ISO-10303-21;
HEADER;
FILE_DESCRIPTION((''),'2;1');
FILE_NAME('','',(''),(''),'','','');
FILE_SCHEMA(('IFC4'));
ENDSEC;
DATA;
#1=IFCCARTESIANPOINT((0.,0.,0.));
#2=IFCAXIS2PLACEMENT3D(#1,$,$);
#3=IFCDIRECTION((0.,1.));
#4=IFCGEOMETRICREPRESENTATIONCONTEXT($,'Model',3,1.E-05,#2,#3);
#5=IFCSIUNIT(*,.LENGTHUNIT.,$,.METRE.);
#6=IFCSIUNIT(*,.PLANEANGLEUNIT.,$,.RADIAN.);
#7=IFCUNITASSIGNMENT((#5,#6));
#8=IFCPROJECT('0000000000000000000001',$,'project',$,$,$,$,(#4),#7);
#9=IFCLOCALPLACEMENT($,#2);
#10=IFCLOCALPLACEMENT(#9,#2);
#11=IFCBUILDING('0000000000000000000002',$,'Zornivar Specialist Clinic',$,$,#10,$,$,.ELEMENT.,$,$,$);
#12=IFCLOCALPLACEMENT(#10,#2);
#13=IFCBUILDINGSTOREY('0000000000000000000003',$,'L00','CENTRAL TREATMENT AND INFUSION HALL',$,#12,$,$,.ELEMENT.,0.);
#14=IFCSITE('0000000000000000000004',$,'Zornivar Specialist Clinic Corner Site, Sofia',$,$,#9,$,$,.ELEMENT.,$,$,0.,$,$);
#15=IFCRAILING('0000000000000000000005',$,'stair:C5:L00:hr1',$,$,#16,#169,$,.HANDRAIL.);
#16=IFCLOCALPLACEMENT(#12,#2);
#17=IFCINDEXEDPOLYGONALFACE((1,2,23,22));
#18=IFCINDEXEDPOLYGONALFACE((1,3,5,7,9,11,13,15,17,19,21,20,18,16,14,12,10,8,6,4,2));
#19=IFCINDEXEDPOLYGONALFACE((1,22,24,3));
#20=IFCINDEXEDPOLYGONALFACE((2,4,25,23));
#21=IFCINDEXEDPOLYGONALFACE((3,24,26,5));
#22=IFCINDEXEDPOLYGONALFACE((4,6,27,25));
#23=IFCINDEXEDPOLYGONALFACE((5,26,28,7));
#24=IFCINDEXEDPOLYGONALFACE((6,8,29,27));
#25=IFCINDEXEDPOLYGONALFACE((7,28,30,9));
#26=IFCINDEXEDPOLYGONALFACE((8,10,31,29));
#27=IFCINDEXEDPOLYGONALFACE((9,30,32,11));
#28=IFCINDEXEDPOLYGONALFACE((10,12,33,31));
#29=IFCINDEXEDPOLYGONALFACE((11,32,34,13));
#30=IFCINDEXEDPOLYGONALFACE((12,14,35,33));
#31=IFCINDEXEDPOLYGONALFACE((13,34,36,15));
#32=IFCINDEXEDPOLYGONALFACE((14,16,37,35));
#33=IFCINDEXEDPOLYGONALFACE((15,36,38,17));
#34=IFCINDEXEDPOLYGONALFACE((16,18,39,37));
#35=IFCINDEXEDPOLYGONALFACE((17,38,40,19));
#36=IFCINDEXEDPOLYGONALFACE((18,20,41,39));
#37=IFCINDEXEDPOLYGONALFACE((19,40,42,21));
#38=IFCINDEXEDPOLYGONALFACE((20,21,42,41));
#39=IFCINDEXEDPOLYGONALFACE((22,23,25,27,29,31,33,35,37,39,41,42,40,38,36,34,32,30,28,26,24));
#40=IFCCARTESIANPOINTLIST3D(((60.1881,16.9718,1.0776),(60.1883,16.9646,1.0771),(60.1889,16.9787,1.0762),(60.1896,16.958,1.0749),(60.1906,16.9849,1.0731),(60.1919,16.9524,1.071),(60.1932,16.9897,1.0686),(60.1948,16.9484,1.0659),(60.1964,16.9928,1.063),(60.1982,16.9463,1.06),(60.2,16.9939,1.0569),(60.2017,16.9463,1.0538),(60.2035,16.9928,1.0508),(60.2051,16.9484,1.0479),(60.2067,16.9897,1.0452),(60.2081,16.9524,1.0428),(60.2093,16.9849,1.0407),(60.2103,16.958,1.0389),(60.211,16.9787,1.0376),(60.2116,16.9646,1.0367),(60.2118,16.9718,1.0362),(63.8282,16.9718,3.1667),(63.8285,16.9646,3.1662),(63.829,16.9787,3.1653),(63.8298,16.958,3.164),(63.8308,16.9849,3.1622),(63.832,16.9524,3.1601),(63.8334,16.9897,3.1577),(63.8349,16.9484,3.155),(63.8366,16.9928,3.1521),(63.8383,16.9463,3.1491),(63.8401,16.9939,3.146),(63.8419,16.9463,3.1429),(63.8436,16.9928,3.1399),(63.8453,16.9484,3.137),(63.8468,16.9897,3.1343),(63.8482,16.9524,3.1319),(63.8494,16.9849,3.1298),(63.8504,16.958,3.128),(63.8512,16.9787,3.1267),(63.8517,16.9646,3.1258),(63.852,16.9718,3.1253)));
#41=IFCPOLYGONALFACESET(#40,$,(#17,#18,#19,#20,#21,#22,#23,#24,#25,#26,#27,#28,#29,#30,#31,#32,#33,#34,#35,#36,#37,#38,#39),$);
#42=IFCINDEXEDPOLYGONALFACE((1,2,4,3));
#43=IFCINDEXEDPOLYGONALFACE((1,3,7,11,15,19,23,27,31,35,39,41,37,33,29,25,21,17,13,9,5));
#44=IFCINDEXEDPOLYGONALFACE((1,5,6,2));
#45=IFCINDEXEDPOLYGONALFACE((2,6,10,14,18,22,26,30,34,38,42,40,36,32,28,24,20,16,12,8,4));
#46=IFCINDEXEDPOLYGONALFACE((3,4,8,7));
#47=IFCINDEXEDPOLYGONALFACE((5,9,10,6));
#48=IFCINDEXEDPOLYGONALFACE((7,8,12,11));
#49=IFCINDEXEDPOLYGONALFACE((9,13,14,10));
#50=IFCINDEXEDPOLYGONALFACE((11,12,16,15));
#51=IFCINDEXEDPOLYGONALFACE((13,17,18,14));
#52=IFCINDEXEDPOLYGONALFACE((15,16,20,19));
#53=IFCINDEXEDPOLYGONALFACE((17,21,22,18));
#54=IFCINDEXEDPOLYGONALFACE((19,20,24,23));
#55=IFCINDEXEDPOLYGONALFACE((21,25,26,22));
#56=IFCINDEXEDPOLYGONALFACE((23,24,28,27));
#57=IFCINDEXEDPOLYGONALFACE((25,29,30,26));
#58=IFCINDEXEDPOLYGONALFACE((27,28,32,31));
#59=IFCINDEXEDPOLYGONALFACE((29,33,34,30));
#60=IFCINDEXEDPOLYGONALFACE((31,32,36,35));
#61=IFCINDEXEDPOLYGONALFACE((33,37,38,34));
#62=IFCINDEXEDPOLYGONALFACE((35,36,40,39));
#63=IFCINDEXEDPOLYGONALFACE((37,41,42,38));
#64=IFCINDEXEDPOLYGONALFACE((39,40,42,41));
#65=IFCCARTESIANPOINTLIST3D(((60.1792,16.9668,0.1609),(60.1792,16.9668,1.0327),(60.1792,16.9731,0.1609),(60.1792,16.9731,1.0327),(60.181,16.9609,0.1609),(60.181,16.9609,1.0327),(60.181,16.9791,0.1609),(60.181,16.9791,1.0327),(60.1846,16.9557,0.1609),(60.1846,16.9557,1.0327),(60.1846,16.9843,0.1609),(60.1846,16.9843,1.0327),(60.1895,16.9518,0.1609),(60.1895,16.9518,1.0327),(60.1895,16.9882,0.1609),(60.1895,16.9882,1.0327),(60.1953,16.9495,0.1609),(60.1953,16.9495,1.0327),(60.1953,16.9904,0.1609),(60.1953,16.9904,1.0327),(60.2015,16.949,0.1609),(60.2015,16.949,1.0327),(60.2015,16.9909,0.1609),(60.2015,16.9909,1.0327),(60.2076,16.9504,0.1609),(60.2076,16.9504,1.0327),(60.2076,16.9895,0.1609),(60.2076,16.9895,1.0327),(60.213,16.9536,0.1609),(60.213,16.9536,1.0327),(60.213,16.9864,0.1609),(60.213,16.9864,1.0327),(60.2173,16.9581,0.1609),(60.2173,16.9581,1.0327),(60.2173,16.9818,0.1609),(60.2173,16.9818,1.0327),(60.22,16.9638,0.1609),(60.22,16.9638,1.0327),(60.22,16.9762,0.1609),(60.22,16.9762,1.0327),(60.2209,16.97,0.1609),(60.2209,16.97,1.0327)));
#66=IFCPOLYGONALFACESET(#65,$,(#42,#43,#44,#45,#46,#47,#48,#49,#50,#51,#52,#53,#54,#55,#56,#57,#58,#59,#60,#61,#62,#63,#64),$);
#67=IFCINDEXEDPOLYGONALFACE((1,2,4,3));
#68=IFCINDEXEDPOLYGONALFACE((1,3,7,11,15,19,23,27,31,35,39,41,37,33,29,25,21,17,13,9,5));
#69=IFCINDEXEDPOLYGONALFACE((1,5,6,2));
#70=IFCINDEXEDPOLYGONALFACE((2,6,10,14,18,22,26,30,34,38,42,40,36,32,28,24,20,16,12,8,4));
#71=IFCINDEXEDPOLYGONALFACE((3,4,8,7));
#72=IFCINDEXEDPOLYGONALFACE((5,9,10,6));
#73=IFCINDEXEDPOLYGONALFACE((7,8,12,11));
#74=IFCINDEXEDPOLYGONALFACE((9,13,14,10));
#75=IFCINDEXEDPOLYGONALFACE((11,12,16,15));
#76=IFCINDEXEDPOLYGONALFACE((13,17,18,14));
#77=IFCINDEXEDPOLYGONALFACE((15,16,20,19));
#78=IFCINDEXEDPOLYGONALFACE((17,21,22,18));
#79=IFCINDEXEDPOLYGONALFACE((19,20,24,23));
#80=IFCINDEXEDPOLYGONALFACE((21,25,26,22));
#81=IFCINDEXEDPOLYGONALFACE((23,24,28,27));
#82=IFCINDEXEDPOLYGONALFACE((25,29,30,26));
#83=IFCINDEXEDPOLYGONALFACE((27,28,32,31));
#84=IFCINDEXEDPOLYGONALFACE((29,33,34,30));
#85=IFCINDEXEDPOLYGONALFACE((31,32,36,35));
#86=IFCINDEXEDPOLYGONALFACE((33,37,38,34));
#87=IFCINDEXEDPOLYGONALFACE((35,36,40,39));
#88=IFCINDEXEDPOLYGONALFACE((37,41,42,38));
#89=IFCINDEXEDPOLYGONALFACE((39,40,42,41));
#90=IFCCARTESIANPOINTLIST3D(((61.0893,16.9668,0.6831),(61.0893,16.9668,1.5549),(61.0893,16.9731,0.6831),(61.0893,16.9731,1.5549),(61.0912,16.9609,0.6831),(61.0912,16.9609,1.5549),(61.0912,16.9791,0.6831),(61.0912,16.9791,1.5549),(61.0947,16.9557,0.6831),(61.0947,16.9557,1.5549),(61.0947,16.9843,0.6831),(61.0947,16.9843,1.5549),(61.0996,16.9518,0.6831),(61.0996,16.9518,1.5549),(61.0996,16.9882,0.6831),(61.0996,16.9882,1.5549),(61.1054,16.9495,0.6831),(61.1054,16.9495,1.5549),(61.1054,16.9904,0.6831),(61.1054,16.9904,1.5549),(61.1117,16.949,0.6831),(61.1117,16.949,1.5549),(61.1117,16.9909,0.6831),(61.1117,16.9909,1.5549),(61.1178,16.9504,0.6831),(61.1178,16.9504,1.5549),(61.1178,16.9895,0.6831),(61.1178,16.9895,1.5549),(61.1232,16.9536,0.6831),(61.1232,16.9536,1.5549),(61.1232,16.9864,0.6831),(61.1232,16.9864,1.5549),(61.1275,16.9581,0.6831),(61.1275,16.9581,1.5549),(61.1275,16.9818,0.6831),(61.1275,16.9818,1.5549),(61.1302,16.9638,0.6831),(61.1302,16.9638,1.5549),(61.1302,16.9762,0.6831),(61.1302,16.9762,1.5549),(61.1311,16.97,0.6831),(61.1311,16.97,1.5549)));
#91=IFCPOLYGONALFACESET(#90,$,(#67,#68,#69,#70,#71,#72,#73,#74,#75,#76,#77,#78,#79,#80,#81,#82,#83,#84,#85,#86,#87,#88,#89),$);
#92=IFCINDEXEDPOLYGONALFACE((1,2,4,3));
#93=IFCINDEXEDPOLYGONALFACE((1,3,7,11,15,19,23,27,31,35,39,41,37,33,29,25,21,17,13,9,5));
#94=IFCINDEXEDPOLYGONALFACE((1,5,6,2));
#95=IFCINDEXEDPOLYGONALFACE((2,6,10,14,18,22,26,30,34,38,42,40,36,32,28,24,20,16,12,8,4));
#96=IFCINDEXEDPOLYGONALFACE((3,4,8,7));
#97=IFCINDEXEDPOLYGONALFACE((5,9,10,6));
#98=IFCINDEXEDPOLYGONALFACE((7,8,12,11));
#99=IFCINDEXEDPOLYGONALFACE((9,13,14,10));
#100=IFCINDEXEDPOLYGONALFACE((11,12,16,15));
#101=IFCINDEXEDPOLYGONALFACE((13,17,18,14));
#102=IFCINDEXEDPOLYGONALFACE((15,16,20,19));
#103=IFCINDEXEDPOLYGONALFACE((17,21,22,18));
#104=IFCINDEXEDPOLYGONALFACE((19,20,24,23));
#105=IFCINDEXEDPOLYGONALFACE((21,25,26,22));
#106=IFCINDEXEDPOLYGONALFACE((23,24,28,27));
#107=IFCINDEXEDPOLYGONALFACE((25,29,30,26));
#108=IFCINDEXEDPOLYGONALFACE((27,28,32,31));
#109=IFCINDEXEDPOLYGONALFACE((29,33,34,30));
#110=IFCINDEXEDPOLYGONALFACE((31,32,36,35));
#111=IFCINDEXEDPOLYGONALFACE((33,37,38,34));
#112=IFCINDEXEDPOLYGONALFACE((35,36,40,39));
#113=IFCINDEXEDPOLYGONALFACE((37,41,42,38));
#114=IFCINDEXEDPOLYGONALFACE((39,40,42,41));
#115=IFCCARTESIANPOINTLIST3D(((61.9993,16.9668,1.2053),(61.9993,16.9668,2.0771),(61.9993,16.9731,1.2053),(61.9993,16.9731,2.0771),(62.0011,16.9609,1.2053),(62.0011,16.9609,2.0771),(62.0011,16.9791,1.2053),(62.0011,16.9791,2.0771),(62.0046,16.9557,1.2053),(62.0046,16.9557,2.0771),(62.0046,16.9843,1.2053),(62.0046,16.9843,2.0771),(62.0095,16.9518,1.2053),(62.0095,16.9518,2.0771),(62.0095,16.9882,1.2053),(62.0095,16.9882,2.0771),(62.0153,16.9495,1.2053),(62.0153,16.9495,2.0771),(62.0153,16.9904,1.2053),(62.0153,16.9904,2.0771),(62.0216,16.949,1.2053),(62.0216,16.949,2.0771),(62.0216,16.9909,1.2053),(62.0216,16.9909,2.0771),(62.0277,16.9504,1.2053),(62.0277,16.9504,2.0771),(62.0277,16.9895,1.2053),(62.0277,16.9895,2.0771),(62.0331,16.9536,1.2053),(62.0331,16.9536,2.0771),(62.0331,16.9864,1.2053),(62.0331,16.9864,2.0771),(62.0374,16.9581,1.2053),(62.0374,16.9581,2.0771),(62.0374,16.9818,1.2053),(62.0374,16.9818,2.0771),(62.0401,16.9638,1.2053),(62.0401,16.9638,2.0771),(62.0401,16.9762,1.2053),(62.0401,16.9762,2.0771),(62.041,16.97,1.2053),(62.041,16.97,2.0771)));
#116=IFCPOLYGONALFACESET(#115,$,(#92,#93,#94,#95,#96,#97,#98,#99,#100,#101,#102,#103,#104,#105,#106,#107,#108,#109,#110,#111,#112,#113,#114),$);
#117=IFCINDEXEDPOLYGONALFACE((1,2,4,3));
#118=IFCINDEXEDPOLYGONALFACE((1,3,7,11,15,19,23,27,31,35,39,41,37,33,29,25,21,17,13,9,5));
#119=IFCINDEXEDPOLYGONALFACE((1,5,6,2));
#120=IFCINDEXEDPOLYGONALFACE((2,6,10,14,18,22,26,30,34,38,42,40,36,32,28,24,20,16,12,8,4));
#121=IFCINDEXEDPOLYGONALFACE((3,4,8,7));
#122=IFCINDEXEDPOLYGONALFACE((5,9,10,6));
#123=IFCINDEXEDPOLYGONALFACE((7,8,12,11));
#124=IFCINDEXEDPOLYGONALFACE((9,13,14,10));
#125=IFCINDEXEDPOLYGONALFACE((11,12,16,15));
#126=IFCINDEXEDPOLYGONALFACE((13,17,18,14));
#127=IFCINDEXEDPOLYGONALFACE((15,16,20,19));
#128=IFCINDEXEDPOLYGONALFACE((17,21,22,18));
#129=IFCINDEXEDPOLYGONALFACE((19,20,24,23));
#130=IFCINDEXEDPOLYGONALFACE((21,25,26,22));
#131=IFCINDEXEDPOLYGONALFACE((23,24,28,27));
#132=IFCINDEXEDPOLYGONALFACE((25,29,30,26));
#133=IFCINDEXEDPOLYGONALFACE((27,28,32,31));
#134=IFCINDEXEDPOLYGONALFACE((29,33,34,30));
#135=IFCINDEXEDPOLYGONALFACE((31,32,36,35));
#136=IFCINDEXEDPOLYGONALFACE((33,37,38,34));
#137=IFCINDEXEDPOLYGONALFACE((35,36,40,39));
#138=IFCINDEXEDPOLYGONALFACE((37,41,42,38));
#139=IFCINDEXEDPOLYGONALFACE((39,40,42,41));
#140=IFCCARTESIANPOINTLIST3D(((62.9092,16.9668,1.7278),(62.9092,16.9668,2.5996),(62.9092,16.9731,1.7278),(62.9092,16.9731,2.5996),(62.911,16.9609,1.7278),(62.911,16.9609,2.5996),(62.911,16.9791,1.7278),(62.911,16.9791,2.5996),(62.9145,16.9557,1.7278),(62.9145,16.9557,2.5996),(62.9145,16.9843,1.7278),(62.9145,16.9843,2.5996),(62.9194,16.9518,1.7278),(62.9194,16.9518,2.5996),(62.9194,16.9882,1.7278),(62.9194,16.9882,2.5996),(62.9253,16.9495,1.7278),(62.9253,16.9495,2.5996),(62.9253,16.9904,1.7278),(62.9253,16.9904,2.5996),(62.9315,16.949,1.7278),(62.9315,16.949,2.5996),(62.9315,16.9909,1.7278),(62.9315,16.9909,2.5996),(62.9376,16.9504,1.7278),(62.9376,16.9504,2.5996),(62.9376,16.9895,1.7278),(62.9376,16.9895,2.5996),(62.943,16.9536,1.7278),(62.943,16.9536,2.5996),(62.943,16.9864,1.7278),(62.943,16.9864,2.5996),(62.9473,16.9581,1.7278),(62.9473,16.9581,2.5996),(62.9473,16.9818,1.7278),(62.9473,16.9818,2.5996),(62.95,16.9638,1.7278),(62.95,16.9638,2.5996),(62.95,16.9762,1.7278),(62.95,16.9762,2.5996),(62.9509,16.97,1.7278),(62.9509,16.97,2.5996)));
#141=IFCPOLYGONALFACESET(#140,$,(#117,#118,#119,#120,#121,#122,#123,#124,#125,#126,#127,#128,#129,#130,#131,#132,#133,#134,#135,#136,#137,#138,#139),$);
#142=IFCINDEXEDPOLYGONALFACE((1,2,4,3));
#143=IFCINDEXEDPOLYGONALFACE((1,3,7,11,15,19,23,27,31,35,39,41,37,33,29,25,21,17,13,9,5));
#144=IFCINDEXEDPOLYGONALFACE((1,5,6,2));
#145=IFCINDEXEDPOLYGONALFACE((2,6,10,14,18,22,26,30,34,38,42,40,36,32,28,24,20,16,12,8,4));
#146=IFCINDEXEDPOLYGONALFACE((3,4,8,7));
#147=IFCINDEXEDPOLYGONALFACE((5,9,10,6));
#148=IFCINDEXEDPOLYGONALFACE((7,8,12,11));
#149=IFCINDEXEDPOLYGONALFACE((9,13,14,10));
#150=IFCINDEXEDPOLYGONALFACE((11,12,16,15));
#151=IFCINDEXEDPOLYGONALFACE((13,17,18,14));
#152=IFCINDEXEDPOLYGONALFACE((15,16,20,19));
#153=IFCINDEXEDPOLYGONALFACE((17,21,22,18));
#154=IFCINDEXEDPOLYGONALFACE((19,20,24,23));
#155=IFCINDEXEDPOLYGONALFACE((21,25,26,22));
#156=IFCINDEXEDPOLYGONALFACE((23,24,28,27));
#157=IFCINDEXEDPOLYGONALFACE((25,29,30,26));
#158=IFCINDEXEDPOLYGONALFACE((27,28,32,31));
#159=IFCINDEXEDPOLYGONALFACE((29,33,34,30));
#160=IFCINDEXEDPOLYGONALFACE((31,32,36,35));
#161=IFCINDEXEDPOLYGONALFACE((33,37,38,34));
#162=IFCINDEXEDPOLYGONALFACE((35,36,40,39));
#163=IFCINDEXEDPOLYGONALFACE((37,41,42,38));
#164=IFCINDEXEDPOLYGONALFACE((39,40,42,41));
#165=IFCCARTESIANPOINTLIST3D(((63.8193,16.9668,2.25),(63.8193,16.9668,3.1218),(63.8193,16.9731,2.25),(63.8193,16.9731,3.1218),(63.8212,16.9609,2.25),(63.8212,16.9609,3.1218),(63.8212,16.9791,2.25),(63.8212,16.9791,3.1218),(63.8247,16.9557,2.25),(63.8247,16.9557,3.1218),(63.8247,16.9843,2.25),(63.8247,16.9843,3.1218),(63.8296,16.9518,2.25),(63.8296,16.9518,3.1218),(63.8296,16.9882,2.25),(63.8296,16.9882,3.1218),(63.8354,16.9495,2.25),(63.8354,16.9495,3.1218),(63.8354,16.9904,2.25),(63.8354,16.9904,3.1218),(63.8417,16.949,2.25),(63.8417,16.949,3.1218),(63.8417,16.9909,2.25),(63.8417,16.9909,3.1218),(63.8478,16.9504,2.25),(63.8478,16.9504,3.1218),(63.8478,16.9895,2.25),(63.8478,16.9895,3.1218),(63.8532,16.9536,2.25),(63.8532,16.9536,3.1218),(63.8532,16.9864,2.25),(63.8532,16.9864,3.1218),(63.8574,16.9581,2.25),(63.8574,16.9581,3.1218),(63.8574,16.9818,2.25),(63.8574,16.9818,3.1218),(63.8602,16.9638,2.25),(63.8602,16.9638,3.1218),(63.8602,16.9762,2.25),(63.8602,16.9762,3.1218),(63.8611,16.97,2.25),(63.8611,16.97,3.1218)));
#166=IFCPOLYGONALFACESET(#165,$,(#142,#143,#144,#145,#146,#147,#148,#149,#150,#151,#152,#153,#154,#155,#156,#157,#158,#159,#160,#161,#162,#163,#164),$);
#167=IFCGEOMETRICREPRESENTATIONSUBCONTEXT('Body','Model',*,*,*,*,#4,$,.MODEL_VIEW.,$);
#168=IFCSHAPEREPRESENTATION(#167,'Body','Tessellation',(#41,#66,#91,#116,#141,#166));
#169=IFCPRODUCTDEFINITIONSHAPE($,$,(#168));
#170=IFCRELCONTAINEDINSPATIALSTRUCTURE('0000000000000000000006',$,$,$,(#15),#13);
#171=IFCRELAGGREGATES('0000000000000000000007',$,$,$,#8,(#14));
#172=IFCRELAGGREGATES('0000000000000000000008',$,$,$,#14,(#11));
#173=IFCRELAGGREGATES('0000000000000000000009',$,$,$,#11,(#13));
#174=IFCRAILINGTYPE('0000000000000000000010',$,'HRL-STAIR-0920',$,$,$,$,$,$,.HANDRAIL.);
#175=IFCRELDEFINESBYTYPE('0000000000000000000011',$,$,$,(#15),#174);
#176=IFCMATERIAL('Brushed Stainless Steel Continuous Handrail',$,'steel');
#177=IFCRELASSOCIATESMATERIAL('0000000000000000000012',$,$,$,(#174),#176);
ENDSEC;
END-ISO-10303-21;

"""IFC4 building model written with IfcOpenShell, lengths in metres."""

from ifc_helpers import new_model, si_unit, direction, frame, origin, origin_2d, place, context, subcontext, project, spatial, circle, extrude, material, type_object, element, save


model = new_model("IFC4")

# Units and contexts
model_context = context("Model", 3, precision=1e-05, world=origin(), true_north=direction((0.0, 1.0)))
body_context = subcontext(model_context, "Body", "Model", "MODEL_VIEW")
ifc_project = project(units=[si_unit("LENGTHUNIT", "METRE"), si_unit("PLANEANGLEUNIT", "RADIAN")], contexts=[model_context])

# Site, building, storey
site_placement = place(None, origin())
site = spatial("IfcSite", under=ifc_project, at=site_placement, Name="Zornivar Specialist Clinic Corner Site, Sofia", CompositionType="ELEMENT", RefElevation=0.0)
building_placement = place(site_placement, origin())
building = spatial("IfcBuilding", under=site, at=building_placement, Name="Zornivar Specialist Clinic", CompositionType="ELEMENT")
storey_placement = place(building_placement, origin())
storey = spatial("IfcBuildingStorey", under=building, at=storey_placement, Name="L00", Description="CENTRAL TREATMENT AND INFUSION HALL", CompositionType="ELEMENT", Elevation=0.0)

# Railing
ifc_material_1 = material(Name="Brushed Stainless Steel Continuous Handrail", Category="steel")
railing_type_1 = type_object("IfcRailingType", Name="HRL-STAIR-0920", PredefinedType="HANDRAIL", material=ifc_material_1)
railing_1_placement = place(storey_placement, frame((60.2, 16.97, 0.1609)))
element("IfcRailing", 1, at=railing_1_placement, inside=storey, type_object=railing_type_1, Name="stair:C5:L00:hr1", PredefinedType="HANDRAIL", context=body_context, shape_type="SweptSolid", body=[
    extrude(circle(Radius=0.0239, at=origin_2d()), frame((0.0, 0.0, 0.896), z_axis=(0.867314, 0.0, 0.497761), x_axis=(0.0, 1.0, 0.0)), (0.0, 0.0, 1.0), 4.197),
    extrude(circle(Radius=0.021, at=origin_2d()), origin(), (0.0, 0.0, 1.0), 0.8718),
    extrude(circle(Radius=0.021, at=origin_2d()), frame((0.9102, 0.0, 0.5222)), (0.0, 0.0, 1.0), 0.8718),
    extrude(circle(Radius=0.021, at=origin_2d()), frame((1.8201, 0.0, 1.0444)), (0.0, 0.0, 1.0), 0.8718),
    extrude(circle(Radius=0.021, at=origin_2d()), frame((2.73, 0.0, 1.5669)), (0.0, 0.0, 1.0), 0.8718),
    extrude(circle(Radius=0.021, at=origin_2d()), frame((3.6401, 0.0, 2.0891)), (0.0, 0.0, 1.0), 0.8718),
])

save(model, "model.ifc")
